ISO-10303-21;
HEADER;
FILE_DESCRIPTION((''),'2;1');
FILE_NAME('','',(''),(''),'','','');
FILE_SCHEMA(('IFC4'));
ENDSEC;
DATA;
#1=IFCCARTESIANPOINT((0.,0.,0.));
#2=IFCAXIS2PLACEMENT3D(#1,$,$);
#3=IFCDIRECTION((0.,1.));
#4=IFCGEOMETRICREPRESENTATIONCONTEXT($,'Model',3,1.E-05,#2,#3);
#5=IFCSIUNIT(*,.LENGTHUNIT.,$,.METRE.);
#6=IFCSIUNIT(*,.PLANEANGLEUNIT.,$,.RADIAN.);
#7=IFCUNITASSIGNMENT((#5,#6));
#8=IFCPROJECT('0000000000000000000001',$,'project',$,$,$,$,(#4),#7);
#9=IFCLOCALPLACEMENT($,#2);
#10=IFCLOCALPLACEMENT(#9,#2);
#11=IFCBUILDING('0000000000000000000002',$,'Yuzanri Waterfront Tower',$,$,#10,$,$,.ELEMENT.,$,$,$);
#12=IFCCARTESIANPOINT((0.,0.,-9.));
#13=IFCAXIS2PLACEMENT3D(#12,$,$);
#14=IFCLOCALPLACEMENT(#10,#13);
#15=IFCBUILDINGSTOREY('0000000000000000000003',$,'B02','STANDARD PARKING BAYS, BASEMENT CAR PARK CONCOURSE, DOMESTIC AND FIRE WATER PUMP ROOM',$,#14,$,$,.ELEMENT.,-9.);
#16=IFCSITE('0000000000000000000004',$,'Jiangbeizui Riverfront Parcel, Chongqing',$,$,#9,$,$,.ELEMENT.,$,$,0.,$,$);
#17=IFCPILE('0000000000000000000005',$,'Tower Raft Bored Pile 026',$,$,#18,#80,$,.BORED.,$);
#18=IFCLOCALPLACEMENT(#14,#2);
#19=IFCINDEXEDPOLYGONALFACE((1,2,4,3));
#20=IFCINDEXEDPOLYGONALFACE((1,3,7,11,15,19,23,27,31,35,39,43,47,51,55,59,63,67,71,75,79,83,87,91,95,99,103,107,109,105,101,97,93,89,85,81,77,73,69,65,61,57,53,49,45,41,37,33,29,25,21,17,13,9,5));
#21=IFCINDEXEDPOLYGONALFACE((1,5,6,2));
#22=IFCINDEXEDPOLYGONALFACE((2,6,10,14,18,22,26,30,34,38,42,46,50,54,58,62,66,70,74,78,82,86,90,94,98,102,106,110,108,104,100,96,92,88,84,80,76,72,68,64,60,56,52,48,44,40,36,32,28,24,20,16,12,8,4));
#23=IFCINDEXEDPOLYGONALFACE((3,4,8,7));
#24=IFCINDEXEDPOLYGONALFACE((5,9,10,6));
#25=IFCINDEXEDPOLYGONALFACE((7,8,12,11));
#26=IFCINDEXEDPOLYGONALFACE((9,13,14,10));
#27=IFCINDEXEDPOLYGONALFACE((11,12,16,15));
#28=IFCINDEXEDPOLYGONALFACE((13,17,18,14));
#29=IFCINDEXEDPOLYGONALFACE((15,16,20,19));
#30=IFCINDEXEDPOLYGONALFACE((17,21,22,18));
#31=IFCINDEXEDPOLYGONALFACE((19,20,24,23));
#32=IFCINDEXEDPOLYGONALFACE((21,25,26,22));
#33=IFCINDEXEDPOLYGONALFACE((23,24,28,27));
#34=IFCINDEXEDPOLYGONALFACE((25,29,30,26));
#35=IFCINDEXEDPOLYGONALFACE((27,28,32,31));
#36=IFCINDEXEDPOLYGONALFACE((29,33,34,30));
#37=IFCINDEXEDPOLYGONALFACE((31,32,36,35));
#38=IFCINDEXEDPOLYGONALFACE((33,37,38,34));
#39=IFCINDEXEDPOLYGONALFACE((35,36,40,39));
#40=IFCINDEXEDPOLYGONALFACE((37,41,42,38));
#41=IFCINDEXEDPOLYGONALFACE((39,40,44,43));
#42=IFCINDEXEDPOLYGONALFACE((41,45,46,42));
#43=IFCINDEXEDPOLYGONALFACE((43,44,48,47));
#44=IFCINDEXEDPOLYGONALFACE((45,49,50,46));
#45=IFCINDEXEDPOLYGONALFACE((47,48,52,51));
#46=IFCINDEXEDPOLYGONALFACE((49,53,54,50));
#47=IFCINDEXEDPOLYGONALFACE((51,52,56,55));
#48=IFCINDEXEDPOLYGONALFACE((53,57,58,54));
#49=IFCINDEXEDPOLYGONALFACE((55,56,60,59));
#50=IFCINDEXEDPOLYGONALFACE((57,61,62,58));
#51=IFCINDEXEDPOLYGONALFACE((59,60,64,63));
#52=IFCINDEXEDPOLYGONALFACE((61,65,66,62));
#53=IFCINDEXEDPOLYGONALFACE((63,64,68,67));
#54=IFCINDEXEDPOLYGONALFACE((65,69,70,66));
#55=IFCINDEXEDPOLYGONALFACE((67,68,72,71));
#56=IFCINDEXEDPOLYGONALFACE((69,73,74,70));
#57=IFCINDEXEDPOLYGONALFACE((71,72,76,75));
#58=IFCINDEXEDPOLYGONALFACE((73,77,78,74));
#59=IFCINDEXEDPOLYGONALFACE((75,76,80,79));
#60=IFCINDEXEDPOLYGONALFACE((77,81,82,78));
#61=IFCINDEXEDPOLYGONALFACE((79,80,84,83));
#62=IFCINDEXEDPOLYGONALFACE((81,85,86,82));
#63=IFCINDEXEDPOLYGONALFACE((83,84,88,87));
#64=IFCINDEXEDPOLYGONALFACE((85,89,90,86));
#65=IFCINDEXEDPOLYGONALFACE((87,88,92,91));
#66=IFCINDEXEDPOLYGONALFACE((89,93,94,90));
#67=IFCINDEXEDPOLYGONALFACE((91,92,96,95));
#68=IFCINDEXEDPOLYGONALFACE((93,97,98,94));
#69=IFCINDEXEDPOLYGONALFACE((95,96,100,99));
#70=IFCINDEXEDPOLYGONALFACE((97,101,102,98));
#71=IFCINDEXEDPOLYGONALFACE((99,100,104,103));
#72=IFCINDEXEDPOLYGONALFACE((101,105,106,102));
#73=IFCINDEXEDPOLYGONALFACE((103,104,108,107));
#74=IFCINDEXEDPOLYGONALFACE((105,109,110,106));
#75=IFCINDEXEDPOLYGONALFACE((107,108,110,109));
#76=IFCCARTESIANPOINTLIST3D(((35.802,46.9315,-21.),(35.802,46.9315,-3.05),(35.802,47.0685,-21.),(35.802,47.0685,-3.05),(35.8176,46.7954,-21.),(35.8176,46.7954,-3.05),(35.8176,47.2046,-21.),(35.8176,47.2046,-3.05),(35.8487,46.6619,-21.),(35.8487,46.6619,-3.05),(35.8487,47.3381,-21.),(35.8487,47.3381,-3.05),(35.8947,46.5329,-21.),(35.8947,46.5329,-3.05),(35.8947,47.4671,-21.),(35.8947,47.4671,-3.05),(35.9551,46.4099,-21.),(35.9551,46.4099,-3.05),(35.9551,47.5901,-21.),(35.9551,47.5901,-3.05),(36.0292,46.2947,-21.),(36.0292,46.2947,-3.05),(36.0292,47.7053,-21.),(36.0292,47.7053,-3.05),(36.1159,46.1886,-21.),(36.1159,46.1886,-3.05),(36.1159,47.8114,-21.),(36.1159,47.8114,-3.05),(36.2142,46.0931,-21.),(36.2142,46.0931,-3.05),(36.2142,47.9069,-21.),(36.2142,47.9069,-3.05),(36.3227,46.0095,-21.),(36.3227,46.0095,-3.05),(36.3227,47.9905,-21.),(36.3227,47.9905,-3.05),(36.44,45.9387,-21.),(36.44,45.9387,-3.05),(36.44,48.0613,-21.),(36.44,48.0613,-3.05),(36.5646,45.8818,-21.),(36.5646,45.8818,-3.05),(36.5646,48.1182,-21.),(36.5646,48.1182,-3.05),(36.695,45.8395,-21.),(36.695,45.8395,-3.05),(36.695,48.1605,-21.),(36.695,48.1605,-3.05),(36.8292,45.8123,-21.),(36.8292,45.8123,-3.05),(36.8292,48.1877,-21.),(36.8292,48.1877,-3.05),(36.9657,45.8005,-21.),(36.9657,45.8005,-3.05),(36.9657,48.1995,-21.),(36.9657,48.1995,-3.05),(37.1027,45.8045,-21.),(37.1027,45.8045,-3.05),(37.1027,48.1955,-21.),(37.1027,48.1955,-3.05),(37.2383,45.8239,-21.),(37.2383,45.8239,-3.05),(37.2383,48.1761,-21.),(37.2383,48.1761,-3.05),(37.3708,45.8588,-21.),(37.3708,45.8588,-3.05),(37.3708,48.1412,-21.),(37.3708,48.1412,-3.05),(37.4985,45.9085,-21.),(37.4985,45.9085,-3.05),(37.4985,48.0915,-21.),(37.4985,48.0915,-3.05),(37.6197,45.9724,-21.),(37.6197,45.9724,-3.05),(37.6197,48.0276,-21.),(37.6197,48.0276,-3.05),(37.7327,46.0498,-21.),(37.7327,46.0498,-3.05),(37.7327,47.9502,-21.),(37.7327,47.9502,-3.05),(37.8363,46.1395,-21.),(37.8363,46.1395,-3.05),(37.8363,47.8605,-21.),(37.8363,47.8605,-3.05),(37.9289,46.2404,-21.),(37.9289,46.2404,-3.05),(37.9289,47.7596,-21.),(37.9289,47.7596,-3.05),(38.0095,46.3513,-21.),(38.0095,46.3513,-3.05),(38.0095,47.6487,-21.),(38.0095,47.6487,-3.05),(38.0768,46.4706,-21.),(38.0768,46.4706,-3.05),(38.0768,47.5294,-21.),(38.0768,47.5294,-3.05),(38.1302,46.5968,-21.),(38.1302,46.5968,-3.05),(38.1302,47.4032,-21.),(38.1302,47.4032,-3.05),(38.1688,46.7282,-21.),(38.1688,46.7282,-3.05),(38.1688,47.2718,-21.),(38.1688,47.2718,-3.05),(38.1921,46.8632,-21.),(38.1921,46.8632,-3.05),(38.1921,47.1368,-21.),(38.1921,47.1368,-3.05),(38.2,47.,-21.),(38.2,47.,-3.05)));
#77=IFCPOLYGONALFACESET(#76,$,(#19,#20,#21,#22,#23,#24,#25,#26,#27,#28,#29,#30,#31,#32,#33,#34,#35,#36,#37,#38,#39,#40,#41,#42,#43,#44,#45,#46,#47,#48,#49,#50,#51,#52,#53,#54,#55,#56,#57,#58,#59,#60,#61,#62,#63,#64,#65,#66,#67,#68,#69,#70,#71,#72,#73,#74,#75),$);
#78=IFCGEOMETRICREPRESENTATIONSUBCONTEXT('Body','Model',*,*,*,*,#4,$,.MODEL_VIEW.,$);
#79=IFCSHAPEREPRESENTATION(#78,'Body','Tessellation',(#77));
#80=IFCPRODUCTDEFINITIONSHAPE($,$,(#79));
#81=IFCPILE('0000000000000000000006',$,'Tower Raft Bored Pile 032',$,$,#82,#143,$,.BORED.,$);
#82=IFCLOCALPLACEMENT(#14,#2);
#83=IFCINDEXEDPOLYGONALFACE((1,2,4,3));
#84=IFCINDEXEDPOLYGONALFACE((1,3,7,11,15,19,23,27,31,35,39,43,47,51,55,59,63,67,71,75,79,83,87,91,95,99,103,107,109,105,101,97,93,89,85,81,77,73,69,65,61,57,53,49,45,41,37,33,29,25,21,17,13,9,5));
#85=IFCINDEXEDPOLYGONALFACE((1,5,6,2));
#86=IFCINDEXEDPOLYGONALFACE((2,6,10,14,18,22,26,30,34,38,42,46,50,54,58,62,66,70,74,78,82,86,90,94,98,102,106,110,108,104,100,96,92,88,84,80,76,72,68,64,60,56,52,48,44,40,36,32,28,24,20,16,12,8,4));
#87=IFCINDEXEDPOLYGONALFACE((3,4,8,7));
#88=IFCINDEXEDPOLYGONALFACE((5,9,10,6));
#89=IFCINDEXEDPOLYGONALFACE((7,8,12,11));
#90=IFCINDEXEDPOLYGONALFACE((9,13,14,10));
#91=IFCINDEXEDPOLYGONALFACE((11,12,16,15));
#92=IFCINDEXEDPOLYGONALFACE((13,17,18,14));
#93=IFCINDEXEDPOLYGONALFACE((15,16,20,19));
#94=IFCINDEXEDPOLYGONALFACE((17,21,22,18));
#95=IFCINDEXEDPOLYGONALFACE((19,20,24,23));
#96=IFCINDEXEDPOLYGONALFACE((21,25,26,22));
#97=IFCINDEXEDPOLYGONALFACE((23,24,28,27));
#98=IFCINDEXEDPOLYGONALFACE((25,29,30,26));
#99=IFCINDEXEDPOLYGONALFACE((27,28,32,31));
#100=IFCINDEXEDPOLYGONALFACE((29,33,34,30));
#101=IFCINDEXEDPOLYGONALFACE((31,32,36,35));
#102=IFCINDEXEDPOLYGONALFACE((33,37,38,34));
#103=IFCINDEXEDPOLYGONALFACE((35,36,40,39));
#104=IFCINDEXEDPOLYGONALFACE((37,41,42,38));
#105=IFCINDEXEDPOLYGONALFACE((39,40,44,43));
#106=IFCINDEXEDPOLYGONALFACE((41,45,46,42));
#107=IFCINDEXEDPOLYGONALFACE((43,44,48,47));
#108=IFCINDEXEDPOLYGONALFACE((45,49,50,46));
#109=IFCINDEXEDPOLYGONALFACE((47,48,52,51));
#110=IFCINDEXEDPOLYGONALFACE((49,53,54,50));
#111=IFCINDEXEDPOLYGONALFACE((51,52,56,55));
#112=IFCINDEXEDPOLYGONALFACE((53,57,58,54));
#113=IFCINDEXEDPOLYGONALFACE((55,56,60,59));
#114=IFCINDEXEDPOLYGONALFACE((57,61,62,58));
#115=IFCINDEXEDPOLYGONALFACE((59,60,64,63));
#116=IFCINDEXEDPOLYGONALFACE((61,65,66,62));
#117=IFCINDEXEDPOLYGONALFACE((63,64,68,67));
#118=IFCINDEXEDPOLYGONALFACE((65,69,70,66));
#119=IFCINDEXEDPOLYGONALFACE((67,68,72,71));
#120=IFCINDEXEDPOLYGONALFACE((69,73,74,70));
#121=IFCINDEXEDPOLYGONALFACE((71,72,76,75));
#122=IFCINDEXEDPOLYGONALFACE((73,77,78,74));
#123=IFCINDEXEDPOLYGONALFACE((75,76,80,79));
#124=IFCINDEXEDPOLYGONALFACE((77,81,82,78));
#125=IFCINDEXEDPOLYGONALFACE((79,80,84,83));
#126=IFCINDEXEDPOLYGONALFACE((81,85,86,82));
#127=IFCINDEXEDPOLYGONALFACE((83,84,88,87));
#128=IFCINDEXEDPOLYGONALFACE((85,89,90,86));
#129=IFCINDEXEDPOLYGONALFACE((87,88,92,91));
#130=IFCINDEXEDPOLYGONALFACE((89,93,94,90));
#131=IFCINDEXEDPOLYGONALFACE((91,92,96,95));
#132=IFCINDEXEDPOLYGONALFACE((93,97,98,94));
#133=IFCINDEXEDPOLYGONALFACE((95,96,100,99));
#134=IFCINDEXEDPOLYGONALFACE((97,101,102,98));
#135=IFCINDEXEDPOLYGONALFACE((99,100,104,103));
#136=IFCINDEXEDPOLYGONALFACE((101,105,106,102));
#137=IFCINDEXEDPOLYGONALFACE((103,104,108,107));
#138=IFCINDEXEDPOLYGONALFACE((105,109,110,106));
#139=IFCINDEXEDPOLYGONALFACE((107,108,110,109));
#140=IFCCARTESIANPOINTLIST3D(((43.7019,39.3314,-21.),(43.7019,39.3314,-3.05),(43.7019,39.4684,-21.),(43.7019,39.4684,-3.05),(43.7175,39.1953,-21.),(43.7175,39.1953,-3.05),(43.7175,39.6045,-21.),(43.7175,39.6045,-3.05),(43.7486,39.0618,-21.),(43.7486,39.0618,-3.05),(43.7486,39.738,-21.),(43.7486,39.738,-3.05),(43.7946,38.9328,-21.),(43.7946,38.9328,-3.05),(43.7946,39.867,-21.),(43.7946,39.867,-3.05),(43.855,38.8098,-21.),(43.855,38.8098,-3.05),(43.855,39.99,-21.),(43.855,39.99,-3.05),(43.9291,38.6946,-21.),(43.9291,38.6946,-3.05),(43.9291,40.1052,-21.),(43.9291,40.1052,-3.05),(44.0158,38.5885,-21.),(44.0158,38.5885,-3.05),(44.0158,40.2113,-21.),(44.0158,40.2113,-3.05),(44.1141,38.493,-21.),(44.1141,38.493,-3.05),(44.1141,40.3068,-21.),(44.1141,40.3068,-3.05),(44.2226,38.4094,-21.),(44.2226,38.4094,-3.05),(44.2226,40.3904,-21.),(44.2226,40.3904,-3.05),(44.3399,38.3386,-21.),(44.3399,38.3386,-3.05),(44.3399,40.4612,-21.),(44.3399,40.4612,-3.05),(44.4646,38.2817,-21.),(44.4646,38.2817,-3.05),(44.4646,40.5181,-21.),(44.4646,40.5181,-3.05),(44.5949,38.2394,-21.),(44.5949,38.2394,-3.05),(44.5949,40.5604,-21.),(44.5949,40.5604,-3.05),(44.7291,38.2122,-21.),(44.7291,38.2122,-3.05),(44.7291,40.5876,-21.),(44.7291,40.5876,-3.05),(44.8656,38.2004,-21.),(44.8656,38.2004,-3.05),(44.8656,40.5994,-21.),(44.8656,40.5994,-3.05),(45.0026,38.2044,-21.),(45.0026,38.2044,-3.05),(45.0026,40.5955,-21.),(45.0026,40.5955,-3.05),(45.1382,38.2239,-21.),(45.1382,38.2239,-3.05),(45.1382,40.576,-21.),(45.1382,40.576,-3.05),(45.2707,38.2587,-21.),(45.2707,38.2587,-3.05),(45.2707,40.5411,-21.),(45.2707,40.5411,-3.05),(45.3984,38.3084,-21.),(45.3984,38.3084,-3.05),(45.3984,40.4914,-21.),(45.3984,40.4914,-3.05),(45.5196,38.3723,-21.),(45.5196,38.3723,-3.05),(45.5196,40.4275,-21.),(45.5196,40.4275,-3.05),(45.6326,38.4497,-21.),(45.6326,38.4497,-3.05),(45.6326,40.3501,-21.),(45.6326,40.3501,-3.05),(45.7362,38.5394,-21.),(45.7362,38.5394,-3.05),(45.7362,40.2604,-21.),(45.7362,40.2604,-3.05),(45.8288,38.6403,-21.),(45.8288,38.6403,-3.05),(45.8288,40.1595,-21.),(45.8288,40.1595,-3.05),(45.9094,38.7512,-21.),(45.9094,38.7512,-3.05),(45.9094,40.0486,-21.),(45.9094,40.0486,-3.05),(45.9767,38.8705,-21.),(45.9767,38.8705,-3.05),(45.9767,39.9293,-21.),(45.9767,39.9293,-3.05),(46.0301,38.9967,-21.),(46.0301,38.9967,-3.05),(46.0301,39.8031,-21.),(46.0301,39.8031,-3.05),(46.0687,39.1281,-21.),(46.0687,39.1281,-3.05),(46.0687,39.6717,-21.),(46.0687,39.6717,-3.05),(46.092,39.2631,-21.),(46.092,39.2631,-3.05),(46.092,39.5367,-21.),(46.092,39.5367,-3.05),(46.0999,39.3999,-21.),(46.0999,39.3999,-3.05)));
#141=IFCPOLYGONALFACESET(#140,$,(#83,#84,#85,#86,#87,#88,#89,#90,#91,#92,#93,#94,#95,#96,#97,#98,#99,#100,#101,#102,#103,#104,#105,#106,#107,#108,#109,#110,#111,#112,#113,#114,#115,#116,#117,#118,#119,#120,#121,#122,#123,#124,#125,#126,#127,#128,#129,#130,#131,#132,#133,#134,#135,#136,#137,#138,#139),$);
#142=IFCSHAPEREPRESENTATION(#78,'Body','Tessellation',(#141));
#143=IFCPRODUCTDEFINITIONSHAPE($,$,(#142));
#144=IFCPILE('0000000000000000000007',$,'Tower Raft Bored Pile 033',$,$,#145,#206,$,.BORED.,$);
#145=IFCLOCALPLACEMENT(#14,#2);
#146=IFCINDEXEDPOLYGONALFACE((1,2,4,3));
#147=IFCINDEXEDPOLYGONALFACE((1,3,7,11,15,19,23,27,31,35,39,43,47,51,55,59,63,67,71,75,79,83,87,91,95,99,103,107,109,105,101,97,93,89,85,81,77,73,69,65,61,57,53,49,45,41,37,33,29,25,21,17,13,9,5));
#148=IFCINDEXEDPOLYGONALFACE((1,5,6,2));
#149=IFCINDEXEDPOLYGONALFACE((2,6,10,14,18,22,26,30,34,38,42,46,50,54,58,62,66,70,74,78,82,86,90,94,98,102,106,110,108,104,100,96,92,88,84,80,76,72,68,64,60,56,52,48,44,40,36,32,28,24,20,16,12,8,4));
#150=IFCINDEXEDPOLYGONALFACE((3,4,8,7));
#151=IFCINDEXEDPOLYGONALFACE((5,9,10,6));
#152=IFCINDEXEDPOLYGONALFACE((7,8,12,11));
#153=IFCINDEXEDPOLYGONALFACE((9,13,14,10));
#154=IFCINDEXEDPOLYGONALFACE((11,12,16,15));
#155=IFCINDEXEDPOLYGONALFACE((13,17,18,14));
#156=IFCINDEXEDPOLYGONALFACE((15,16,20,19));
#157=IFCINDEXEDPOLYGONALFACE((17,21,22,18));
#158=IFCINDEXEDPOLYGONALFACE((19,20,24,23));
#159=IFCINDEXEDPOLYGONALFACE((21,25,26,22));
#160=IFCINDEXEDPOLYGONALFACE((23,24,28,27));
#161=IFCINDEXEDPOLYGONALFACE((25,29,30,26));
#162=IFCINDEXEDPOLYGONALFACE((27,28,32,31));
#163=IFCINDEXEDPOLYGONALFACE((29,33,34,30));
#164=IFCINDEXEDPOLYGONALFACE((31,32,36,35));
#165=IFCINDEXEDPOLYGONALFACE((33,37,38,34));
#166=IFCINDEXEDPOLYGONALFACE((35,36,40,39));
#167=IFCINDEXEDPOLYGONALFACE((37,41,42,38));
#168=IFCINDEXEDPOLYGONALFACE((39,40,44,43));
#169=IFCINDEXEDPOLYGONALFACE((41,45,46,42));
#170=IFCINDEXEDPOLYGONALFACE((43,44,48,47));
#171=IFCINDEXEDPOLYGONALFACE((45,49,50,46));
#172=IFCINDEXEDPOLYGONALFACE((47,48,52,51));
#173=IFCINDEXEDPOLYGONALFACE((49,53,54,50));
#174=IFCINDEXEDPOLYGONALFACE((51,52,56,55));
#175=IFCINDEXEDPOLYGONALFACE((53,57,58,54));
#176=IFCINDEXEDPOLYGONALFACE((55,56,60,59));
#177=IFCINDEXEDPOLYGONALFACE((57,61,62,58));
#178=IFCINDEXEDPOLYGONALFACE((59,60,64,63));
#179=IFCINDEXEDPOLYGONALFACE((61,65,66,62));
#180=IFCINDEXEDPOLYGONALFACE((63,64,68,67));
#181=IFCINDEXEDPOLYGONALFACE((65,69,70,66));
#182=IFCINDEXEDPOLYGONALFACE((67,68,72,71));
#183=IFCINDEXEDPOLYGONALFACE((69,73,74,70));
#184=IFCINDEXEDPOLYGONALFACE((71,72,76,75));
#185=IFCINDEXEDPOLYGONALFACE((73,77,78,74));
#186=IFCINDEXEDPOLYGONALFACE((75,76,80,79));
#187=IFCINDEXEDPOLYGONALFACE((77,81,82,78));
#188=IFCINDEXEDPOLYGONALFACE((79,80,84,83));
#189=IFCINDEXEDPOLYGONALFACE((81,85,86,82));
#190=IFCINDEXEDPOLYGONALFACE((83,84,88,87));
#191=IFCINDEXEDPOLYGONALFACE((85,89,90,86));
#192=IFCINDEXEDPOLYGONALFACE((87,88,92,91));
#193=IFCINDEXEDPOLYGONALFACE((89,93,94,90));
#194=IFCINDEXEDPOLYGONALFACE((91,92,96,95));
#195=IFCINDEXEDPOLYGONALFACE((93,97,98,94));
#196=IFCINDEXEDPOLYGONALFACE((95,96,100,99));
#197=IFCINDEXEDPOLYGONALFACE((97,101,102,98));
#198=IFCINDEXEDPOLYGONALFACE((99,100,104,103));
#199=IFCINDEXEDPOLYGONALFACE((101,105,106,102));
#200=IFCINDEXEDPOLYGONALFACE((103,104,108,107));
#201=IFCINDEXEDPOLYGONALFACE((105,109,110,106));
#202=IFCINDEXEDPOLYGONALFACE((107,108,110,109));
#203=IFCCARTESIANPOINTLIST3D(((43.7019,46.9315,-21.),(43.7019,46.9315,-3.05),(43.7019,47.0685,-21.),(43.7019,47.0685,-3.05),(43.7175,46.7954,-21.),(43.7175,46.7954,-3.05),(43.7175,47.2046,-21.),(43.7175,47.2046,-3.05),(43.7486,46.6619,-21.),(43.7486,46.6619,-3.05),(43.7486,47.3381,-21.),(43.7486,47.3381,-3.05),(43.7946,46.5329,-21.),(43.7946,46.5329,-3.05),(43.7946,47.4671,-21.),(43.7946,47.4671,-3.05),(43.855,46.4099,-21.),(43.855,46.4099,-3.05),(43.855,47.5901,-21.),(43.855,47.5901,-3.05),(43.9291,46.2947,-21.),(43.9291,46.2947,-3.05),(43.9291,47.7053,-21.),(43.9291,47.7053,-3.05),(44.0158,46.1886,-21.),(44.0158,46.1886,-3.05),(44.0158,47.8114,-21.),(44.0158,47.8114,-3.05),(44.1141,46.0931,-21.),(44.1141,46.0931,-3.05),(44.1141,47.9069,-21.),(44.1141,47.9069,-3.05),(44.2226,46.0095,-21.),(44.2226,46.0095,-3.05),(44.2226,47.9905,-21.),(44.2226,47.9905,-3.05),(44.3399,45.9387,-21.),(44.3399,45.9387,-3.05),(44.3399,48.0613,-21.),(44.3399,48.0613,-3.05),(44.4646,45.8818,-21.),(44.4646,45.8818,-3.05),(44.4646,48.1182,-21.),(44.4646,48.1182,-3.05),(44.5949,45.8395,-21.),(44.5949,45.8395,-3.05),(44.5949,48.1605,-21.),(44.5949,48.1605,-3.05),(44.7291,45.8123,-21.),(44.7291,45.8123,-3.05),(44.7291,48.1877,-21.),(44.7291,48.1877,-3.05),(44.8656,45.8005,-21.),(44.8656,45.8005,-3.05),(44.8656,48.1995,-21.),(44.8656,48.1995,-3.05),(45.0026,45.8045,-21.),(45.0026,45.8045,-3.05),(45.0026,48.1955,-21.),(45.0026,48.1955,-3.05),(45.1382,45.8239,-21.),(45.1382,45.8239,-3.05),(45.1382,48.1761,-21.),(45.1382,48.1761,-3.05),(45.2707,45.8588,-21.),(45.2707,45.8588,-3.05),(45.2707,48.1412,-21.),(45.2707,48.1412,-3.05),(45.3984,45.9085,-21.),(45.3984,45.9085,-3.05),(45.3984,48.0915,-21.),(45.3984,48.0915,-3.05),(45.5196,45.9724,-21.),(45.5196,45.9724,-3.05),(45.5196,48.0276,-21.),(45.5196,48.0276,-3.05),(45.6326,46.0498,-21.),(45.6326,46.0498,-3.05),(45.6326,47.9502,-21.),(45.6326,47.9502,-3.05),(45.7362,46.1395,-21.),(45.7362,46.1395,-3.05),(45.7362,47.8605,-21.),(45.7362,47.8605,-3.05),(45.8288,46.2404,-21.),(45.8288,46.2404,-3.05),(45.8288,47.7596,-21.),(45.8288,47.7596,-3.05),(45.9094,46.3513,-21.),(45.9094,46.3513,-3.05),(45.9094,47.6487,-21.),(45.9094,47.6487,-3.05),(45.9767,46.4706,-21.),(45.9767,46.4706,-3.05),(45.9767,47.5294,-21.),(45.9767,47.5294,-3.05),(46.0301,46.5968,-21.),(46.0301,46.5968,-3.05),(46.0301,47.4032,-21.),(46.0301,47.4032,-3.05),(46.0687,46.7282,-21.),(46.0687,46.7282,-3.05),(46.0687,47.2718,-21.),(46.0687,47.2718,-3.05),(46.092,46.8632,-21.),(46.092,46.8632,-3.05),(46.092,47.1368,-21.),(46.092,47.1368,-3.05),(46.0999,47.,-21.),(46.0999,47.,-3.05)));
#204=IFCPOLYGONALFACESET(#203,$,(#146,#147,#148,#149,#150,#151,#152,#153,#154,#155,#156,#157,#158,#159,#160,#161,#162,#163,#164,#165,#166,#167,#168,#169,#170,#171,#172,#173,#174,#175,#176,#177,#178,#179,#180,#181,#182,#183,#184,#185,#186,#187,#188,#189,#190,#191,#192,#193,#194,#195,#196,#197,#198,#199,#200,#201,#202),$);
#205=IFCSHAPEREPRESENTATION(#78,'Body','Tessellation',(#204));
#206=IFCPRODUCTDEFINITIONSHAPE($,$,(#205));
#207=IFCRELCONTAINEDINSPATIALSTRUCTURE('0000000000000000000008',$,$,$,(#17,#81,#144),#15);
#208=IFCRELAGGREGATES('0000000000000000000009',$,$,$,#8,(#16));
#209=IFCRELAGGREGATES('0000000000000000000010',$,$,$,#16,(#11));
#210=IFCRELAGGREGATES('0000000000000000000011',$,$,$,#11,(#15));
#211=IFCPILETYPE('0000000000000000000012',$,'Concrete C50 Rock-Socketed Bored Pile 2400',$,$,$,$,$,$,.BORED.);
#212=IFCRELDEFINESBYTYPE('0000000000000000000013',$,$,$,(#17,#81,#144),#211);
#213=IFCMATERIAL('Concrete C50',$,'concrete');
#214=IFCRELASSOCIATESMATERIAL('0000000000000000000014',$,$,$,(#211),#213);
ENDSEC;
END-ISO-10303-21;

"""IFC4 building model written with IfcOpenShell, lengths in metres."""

from ifc_helpers import new_model, si_unit, direction, frame, origin, origin_2d, place, context, subcontext, project, spatial, circle, extrude, source, transform, mapped, material, material_profile, profile_set, type_object, element, save


model = new_model("IFC4")

# Units and contexts
model_context = context("Model", 3, precision=1e-05, world=origin(), true_north=direction((0.0, 1.0)))
body_context = subcontext(model_context, "Body", "Model", "MODEL_VIEW")
ifc_project = project(units=[si_unit("LENGTHUNIT", "METRE"), si_unit("PLANEANGLEUNIT", "RADIAN")], contexts=[model_context])

# Site, building, storey
site_placement = place(None, origin())
site = spatial("IfcSite", under=ifc_project, at=site_placement, Name="Jiangbeizui Riverfront Parcel, Chongqing", CompositionType="ELEMENT", RefElevation=0.0)
building_placement = place(site_placement, origin())
building = spatial("IfcBuilding", under=site, at=building_placement, Name="Yuzanri Waterfront Tower", CompositionType="ELEMENT")
storey_placement = place(building_placement, frame((0.0, 0.0, -9.0)))
storey = spatial("IfcBuildingStorey", under=building, at=storey_placement, Name="B02", Description="STANDARD PARKING BAYS, BASEMENT CAR PARK CONCOURSE, DOMESTIC AND FIRE WATER PUMP ROOM", CompositionType="ELEMENT", Elevation=-9.0)

# Piles
ifc_material_1 = material(Name="Concrete C50", Category="concrete")
ifc_material_profile_1 = material_profile(ifc_material_1, circle(Radius=1.2, at=origin_2d()), Name="PILE D2400")
ifc_profile_set_1 = profile_set([ifc_material_profile_1], Name="Concrete C50")
pile_type_1 = type_object("IfcPileType", Name="Concrete C50 Rock-Socketed Bored Pile 2400", PredefinedType="BORED", material=ifc_profile_set_1)
shared_shape_1 = source(origin(), body_context, "Body", "SweptSolid", [
    extrude(circle(Radius=1.2, at=origin_2d()), origin(), (0.0, 0.0, 1.0), 17.95),
])
for number, where, z_axis, x_axis, name in (
    (1, (37.0, 47.0, -3.05), (0.0, 0.0, -1.0), (1.0, 0.0, 0.0), "Tower Raft Bored Pile 026"),
    (2, (44.8999, 39.3999, -3.05), (0.0, 0.0, -1.0), (1.0, 0.0, 0.0), "Tower Raft Bored Pile 032"),
    (3, (44.8999, 47.0, -3.05), (0.0, 0.0, -1.0), (1.0, 0.0, 0.0), "Tower Raft Bored Pile 033"),
):
    element("IfcPile", number, at=place(storey_placement, frame(where, z_axis=z_axis, x_axis=x_axis)), inside=storey, type_object=pile_type_1, Name=name, PredefinedType="BORED", context=body_context, shape_type="MappedRepresentation", body=[
        mapped(shared_shape_1, transform((0.0, 0.0, 0.0), scale=1.0)),
    ])

save(model, "model.ifc")
